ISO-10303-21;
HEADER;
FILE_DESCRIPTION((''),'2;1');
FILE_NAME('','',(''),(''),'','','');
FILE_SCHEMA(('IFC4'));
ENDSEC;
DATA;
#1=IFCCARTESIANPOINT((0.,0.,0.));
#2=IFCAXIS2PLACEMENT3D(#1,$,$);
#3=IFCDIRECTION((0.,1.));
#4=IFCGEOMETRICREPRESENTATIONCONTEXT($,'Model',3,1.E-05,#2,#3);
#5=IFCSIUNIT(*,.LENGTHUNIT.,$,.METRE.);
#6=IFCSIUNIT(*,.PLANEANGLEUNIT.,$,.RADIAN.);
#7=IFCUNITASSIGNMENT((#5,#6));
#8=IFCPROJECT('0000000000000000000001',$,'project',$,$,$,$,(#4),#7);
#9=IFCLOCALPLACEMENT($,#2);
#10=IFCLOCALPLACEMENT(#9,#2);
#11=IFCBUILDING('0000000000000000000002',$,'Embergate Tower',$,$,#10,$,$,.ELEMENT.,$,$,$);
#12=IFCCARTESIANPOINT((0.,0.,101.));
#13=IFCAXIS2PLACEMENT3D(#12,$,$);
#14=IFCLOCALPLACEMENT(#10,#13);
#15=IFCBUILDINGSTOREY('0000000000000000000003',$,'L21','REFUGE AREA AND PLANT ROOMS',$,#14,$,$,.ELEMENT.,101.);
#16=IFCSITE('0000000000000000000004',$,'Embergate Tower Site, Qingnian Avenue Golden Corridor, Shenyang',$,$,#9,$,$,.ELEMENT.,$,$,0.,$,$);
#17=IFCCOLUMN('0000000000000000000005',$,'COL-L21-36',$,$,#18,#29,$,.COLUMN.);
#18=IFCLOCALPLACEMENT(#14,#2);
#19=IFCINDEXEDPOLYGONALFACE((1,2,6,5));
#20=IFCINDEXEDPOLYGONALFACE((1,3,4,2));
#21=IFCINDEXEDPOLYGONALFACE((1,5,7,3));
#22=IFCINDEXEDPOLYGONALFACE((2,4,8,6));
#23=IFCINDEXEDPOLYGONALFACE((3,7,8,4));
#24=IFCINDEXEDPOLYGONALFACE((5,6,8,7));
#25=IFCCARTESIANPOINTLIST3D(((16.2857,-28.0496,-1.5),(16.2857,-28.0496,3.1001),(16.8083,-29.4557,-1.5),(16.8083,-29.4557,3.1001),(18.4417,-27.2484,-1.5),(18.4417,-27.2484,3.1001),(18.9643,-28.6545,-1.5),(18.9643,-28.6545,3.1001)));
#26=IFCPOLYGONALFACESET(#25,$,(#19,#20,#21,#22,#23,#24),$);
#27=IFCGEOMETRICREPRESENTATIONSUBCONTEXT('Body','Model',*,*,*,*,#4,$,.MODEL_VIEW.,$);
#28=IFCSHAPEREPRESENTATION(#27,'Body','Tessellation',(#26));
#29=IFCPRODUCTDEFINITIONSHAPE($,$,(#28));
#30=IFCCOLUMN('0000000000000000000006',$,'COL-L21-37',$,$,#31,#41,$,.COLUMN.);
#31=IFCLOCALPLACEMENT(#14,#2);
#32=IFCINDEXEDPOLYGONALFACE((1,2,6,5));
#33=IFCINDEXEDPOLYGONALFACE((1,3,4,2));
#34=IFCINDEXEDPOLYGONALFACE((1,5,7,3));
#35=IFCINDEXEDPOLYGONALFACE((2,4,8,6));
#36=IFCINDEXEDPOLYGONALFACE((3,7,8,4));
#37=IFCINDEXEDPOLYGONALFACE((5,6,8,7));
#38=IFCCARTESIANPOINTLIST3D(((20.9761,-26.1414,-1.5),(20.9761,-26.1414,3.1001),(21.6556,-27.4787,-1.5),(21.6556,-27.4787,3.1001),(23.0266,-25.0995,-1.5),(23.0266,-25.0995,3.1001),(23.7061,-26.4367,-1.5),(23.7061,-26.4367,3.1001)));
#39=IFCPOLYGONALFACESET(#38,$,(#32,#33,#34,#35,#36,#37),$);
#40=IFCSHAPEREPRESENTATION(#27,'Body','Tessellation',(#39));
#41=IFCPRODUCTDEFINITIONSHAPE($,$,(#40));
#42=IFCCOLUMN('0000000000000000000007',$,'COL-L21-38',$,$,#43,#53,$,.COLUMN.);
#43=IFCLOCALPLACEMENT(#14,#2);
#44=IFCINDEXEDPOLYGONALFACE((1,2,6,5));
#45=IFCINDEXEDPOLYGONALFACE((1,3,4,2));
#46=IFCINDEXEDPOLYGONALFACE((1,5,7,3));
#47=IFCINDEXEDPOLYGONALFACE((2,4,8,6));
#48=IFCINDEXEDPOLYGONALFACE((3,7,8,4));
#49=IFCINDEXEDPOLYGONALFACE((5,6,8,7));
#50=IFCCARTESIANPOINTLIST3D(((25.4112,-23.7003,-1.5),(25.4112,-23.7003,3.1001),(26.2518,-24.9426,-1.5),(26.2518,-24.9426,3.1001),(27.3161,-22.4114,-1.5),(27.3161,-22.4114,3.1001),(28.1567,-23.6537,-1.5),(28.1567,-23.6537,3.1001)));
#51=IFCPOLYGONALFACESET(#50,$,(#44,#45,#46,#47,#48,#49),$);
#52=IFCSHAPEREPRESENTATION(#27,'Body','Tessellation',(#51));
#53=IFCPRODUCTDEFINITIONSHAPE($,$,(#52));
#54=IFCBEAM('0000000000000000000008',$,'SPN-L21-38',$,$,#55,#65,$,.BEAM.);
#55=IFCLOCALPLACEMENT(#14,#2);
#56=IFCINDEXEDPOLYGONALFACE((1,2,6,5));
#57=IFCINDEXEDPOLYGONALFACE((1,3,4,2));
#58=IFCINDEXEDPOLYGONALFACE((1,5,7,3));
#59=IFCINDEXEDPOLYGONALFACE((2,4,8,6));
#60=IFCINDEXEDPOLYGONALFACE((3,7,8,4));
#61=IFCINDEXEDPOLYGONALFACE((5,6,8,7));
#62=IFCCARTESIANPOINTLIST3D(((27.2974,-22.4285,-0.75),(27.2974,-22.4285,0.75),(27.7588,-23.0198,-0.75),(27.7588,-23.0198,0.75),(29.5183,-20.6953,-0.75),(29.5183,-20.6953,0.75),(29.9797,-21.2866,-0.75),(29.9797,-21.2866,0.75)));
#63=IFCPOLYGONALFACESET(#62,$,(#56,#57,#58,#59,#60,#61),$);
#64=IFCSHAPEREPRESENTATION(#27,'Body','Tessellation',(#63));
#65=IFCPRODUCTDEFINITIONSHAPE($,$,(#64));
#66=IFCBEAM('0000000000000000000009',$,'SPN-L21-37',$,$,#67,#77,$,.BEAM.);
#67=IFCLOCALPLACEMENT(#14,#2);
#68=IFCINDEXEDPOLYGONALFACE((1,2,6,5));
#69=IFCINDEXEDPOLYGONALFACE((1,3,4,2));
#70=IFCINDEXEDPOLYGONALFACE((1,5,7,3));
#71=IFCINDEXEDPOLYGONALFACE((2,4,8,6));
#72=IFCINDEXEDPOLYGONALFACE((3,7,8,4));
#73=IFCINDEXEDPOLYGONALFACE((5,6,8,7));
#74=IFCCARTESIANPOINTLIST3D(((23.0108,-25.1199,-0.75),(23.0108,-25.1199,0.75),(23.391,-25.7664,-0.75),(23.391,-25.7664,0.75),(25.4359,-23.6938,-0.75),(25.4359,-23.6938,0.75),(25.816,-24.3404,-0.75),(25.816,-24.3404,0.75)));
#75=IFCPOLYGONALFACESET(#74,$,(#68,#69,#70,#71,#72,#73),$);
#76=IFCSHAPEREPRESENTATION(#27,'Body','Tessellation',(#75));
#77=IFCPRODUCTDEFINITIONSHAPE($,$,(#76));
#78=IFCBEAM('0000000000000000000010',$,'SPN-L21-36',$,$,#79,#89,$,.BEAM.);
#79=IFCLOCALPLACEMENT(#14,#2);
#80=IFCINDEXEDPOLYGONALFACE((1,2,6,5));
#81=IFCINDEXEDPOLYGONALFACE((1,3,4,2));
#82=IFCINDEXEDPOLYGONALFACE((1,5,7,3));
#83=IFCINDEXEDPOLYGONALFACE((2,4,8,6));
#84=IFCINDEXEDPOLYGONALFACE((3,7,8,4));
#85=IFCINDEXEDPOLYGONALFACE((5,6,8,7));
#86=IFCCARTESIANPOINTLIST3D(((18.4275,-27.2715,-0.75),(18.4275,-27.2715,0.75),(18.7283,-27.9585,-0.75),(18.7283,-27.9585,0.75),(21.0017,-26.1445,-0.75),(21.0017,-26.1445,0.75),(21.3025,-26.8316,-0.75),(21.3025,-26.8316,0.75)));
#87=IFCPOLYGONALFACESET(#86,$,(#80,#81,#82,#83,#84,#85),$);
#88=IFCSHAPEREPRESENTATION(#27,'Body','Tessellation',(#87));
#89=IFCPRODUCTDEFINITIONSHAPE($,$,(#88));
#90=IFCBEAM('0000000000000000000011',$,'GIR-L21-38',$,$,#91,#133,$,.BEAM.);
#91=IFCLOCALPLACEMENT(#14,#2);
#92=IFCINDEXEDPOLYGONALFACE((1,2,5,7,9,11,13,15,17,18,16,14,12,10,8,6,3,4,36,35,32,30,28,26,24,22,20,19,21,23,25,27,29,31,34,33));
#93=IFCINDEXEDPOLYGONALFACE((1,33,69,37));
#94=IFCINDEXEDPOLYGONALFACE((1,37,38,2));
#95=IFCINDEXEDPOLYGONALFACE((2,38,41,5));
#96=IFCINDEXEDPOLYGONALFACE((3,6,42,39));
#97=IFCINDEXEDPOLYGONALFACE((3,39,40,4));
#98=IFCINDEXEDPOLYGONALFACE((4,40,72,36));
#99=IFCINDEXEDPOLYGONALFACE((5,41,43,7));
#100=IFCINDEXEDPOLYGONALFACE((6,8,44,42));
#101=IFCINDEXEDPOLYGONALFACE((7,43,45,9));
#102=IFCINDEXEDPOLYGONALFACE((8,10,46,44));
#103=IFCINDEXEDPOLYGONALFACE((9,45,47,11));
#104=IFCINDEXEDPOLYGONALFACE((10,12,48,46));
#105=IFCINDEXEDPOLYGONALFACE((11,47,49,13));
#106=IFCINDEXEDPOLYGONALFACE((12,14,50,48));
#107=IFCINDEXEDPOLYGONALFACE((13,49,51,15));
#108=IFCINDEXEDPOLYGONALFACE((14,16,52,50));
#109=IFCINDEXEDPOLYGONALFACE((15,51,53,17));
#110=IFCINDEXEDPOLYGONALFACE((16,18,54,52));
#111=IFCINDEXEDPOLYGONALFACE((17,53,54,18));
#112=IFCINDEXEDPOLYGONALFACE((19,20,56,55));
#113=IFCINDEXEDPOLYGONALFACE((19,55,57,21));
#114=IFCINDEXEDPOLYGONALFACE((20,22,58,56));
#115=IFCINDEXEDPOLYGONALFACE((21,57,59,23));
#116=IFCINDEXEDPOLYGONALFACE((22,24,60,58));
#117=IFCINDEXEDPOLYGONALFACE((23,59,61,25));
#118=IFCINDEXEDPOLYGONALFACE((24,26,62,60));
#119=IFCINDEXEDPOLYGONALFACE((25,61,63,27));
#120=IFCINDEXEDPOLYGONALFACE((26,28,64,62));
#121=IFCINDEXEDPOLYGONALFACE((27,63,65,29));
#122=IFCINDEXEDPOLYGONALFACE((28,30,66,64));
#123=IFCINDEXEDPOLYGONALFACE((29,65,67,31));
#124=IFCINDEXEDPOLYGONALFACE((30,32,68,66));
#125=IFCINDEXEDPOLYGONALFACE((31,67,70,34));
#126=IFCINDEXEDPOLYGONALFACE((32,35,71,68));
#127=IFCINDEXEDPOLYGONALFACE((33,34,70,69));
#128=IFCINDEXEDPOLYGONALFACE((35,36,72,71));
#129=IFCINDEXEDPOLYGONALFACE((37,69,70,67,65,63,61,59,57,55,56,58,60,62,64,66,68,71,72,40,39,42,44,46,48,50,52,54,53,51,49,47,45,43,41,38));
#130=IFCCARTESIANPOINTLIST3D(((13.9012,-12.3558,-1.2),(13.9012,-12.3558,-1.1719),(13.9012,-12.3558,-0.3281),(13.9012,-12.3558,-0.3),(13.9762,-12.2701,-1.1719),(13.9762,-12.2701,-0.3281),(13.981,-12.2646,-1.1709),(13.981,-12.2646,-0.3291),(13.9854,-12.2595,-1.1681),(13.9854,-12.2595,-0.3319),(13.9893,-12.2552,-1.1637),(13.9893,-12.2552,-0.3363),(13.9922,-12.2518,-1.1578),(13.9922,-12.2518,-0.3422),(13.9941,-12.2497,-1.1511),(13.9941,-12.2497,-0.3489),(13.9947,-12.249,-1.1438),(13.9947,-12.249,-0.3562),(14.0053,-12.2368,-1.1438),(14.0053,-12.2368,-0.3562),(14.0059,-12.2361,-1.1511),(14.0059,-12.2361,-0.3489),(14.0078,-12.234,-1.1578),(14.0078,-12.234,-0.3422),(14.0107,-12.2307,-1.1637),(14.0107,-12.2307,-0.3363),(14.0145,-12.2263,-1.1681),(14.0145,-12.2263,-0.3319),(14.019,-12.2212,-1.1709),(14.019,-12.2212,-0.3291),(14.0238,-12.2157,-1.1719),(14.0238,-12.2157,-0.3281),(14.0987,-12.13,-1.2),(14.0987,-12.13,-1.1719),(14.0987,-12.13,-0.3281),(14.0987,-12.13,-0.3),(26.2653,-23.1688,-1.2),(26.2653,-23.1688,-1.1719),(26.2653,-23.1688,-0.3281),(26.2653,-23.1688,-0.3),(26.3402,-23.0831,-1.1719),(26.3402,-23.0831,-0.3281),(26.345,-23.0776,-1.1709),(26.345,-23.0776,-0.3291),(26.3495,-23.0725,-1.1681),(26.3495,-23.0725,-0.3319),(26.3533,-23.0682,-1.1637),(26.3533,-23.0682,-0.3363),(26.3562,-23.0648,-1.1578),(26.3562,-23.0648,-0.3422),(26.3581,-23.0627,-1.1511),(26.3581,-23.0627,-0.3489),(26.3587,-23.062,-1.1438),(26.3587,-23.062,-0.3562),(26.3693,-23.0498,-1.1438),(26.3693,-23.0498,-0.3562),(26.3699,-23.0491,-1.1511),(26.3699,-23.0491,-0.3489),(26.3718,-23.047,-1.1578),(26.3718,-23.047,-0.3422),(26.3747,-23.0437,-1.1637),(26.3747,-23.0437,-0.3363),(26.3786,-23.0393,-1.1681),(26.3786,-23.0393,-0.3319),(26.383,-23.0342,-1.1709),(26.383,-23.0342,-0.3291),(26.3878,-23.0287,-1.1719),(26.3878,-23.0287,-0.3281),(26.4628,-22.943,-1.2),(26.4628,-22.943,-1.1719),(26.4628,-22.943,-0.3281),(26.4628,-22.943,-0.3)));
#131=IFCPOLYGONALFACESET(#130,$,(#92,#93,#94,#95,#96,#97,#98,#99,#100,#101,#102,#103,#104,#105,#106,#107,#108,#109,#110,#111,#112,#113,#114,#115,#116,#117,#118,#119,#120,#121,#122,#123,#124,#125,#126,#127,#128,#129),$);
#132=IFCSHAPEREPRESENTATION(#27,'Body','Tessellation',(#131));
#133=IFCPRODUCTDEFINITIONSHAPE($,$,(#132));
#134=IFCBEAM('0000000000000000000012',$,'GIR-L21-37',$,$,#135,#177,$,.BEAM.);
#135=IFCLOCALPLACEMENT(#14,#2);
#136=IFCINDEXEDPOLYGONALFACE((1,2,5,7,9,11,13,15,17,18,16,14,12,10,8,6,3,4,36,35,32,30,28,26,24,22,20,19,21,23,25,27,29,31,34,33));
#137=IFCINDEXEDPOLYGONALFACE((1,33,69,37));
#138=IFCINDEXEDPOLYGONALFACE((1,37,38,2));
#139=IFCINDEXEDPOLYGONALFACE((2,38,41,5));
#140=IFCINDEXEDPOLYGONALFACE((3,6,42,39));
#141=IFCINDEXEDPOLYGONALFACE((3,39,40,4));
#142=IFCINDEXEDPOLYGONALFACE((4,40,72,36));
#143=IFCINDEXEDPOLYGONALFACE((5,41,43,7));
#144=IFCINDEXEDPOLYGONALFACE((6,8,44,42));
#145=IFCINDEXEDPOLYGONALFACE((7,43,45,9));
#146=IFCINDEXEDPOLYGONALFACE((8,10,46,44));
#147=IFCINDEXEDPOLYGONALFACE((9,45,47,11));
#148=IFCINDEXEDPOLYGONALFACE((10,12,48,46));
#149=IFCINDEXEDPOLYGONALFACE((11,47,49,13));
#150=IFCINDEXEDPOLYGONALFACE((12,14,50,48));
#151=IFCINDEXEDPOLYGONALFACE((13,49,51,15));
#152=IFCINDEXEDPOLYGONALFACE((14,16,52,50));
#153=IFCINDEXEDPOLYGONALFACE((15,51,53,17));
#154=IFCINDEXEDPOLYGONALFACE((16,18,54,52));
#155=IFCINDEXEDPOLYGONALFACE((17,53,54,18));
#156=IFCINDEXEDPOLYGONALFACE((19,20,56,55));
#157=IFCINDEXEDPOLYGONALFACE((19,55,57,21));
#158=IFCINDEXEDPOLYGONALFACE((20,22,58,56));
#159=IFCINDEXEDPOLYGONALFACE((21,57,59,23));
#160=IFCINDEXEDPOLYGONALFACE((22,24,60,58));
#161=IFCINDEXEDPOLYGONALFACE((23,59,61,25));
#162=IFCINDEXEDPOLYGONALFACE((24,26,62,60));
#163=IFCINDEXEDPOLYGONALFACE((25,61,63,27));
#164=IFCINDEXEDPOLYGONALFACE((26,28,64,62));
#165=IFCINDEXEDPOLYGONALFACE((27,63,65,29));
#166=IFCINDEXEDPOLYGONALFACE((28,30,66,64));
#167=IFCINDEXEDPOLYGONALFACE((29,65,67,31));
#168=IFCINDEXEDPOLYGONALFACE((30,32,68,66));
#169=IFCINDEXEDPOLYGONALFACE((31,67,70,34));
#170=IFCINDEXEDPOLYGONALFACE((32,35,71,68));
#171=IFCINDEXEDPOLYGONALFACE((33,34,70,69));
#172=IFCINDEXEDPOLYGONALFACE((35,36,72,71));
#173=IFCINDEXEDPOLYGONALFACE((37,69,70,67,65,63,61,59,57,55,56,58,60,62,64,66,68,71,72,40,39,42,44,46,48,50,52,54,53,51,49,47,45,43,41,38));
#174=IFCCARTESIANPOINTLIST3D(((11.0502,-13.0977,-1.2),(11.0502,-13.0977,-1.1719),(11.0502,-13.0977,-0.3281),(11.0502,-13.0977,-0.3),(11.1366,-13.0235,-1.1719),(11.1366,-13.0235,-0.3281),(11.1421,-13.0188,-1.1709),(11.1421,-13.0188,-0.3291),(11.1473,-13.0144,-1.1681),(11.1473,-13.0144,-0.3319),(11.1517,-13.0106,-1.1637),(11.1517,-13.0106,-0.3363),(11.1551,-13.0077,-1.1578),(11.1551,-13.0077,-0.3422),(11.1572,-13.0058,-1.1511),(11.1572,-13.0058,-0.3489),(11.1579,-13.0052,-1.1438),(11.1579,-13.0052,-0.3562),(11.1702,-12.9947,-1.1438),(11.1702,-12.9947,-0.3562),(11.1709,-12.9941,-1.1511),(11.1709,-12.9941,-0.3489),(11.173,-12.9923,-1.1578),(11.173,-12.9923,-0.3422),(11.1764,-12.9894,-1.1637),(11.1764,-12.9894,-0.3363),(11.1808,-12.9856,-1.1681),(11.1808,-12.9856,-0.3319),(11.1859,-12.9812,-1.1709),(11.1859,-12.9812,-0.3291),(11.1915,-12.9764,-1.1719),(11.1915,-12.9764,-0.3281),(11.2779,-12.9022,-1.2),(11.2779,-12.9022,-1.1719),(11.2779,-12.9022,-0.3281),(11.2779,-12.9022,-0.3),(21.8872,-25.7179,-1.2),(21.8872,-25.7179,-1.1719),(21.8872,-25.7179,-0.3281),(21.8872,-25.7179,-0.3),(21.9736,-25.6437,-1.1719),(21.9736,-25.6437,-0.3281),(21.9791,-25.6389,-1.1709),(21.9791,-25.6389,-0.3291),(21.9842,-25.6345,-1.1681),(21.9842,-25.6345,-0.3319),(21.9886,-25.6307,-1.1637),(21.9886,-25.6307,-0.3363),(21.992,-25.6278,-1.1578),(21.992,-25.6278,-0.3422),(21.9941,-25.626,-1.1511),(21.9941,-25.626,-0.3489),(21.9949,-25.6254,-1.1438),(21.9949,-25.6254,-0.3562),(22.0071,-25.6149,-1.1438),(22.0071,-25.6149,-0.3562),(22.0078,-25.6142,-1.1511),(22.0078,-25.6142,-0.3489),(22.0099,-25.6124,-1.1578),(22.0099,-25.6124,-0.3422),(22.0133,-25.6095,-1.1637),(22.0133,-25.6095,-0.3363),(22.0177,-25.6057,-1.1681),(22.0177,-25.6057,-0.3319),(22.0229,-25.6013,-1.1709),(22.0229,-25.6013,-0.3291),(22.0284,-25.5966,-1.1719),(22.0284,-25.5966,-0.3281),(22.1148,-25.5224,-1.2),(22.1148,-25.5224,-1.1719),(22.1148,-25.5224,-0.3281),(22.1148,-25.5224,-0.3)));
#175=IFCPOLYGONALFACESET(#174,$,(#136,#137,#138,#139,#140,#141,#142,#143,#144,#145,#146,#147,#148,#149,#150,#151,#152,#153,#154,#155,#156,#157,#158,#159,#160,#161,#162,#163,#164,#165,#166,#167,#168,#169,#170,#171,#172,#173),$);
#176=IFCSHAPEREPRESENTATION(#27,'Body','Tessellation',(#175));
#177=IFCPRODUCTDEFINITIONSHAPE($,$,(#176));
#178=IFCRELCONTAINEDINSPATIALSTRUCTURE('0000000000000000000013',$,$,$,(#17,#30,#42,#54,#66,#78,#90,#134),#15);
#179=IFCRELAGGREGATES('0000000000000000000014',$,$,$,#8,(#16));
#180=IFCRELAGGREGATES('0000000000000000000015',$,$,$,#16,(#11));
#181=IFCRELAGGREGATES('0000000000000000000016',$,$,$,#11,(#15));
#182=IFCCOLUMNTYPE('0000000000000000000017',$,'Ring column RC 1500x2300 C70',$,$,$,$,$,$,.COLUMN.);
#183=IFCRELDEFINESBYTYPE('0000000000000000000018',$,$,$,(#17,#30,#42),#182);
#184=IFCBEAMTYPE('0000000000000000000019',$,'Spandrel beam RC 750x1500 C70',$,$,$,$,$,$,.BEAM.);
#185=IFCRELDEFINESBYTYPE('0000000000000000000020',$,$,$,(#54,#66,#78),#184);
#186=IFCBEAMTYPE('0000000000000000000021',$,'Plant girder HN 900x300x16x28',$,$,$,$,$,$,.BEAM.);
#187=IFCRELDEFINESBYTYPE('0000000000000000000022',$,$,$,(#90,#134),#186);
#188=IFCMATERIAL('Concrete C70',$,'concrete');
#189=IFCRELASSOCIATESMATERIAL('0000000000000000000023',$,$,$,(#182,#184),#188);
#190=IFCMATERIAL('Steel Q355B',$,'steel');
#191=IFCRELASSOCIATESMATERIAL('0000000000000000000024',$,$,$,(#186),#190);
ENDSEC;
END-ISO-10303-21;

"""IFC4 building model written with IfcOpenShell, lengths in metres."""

from ifc_helpers import new_model, si_unit, direction, frame, origin, origin_2d, place, context, subcontext, project, spatial, rectangle, i_section, extrude, source, transform, mapped, material, material_profile, profile_set, type_object, element, save


model = new_model("IFC4")

# Units and contexts
model_context = context("Model", 3, precision=1e-05, world=origin(), true_north=direction((0.0, 1.0)))
body_context = subcontext(model_context, "Body", "Model", "MODEL_VIEW")
ifc_project = project(units=[si_unit("LENGTHUNIT", "METRE"), si_unit("PLANEANGLEUNIT", "RADIAN")], contexts=[model_context])

# Site, building, storey
site_placement = place(None, origin())
site = spatial("IfcSite", under=ifc_project, at=site_placement, Name="Embergate Tower Site, Qingnian Avenue Golden Corridor, Shenyang", CompositionType="ELEMENT", RefElevation=0.0)
building_placement = place(site_placement, origin())
building = spatial("IfcBuilding", under=site, at=building_placement, Name="Embergate Tower", CompositionType="ELEMENT")
storey_placement = place(building_placement, frame((0.0, 0.0, 101.0)))
storey = spatial("IfcBuildingStorey", under=building, at=storey_placement, Name="L21", Description="REFUGE AREA AND PLANT ROOMS", CompositionType="ELEMENT", Elevation=101.0)

# Columns
ifc_material_1 = material(Name="Concrete C70", Category="concrete")
ifc_material_profile_1 = material_profile(ifc_material_1, rectangle(XDim=1.5, YDim=2.3, at=origin_2d()), Name="RC 1500x2300")
ifc_profile_set_1 = profile_set([ifc_material_profile_1], Name="Concrete C70")
column_type = type_object("IfcColumnType", Name="Ring column RC 1500x2300 C70", PredefinedType="COLUMN", material=ifc_profile_set_1)
shared_shape_1 = source(origin(), body_context, "Body", "SweptSolid", [
    extrude(rectangle(XDim=1.5, YDim=2.3, at=origin_2d()), origin(), (0.0, 0.0, 1.0), 4.6001),
])
for number, where, z_axis, x_axis, name in (
    (1, (17.625, -28.3521, -1.5), (0.0, 0.0, 1.0), (0.348343, -0.937367, 0.0), "COL-L21-36"),
    (2, (22.3411, -26.2891, -1.5), (0.0, 0.0, 1.0), (0.453011, -0.891505, 0.0), "COL-L21-37"),
    (3, (26.7839, -23.677, -1.5), (0.0, 0.0, 1.0), (0.560408, -0.828217, 0.0), "COL-L21-38"),
):
    element("IfcColumn", number, at=place(storey_placement, frame(where, z_axis=z_axis, x_axis=x_axis)), inside=storey, type_object=column_type, Name=name, PredefinedType="COLUMN", context=body_context, shape_type="MappedRepresentation", body=[
        mapped(shared_shape_1, transform((0.0, 0.0, 0.0))),
    ])

# Beams
ifc_material_profile_2 = material_profile(ifc_material_1, rectangle(XDim=0.75, YDim=1.5, at=origin_2d()), Name="RC 750x1500")
ifc_profile_set_2 = profile_set([ifc_material_profile_2], Name="Concrete C70")
beam_type_1 = type_object("IfcBeamType", Name="Spandrel beam RC 750x1500 C70", PredefinedType="BEAM", material=ifc_profile_set_2)
shared_shape_2 = source(origin(), body_context, "Body", "SweptSolid", [
    extrude(rectangle(XDim=0.75, YDim=1.5, at=origin_2d()), origin(), (0.0, 0.0, 1.0), 2.8171),
])
beam_1_placement = place(storey_placement, frame((27.5281, -22.7241, 0.0), z_axis=(0.788362, 0.615212, 0.0), x_axis=(-0.615212, 0.788362, 0.0)))
element("IfcBeam", 4, at=beam_1_placement, inside=storey, type_object=beam_type_1, Name="SPN-L21-38", PredefinedType="BEAM", context=body_context, shape_type="MappedRepresentation", body=[
    mapped(shared_shape_2, transform((0.0, 0.0, 0.0))),
])
shared_shape_3 = source(origin(), body_context, "Body", "SweptSolid", [
    extrude(rectangle(XDim=0.75, YDim=1.5, at=origin_2d()), origin(), (0.0, 0.0, 1.0), 2.8132),
])
beam_2_placement = place(storey_placement, frame((23.2009, -25.4431, 0.0), z_axis=(0.862008, 0.506895, 0.0), x_axis=(-0.506895, 0.862008, 0.0)))
element("IfcBeam", 5, at=beam_2_placement, inside=storey, type_object=beam_type_1, Name="SPN-L21-37", PredefinedType="BEAM", context=body_context, shape_type="MappedRepresentation", body=[
    mapped(shared_shape_3, transform((0.0, 0.0, 0.0))),
])
shared_shape_4 = source(origin(), body_context, "Body", "SweptSolid", [
    extrude(rectangle(XDim=0.75, YDim=1.5, at=origin_2d()), origin(), (0.0, 0.0, 1.0), 2.8101),
])
beam_3_placement = place(storey_placement, frame((18.5779, -27.615, 0.0), z_axis=(0.916062, 0.401038, 0.0), x_axis=(-0.401038, 0.916062, 0.0)))
element("IfcBeam", 6, at=beam_3_placement, inside=storey, type_object=beam_type_1, Name="SPN-L21-36", PredefinedType="BEAM", context=body_context, shape_type="MappedRepresentation", body=[
    mapped(shared_shape_4, transform((0.0, 0.0, 0.0))),
])
ifc_material_2 = material(Name="Steel Q355B", Category="steel")
ifc_material_profile_3 = material_profile(ifc_material_2, i_section(OverallWidth=0.3, OverallDepth=0.8999, WebThickness=0.0161, FlangeThickness=0.0281, FilletRadius=0.0281, at=origin_2d()), Name="HN 900x300x16x28")
ifc_profile_set_3 = profile_set([ifc_material_profile_3], Name="Steel Q355 grade B")
beam_type_2 = type_object("IfcBeamType", Name="Plant girder HN 900x300x16x28", PredefinedType="BEAM", material=ifc_profile_set_3)
shared_shape_5 = source(origin(), body_context, "Body", "SweptSolid", [
    extrude(i_section(OverallWidth=0.3, OverallDepth=0.8999, WebThickness=0.0161, FlangeThickness=0.0281, FilletRadius=0.0281, at=origin_2d()), origin(), (0.0, 0.0, 1.0), 16.4253),
])
beam_4_placement = place(storey_placement, frame((26.364, -23.0559, -0.75), z_axis=(-0.752743, 0.658314, 0.0), x_axis=(-0.658314, -0.752743, 0.0)))
element("IfcBeam", 7, at=beam_4_placement, inside=storey, type_object=beam_type_2, Name="GIR-L21-38", PredefinedType="BEAM", context=body_context, shape_type="MappedRepresentation", body=[
    mapped(shared_shape_5, transform((0.0, 0.0, 0.0))),
])
shared_shape_6 = source(origin(), body_context, "Body", "SweptSolid", [
    extrude(i_section(OverallWidth=0.3, OverallDepth=0.8999, WebThickness=0.0161, FlangeThickness=0.0281, FilletRadius=0.0281, at=origin_2d()), origin(), (0.0, 0.0, 1.0), 16.6345),
])
beam_5_placement = place(storey_placement, frame((22.001, -25.6201, -0.75), z_axis=(-0.651473, 0.758672, 0.0), x_axis=(-0.758672, -0.651473, 0.0)))
element("IfcBeam", 8, at=beam_5_placement, inside=storey, type_object=beam_type_2, Name="GIR-L21-37", PredefinedType="BEAM", context=body_context, shape_type="MappedRepresentation", body=[
    mapped(shared_shape_6, transform((0.0, 0.0, 0.0))),
])

save(model, "model.ifc")
